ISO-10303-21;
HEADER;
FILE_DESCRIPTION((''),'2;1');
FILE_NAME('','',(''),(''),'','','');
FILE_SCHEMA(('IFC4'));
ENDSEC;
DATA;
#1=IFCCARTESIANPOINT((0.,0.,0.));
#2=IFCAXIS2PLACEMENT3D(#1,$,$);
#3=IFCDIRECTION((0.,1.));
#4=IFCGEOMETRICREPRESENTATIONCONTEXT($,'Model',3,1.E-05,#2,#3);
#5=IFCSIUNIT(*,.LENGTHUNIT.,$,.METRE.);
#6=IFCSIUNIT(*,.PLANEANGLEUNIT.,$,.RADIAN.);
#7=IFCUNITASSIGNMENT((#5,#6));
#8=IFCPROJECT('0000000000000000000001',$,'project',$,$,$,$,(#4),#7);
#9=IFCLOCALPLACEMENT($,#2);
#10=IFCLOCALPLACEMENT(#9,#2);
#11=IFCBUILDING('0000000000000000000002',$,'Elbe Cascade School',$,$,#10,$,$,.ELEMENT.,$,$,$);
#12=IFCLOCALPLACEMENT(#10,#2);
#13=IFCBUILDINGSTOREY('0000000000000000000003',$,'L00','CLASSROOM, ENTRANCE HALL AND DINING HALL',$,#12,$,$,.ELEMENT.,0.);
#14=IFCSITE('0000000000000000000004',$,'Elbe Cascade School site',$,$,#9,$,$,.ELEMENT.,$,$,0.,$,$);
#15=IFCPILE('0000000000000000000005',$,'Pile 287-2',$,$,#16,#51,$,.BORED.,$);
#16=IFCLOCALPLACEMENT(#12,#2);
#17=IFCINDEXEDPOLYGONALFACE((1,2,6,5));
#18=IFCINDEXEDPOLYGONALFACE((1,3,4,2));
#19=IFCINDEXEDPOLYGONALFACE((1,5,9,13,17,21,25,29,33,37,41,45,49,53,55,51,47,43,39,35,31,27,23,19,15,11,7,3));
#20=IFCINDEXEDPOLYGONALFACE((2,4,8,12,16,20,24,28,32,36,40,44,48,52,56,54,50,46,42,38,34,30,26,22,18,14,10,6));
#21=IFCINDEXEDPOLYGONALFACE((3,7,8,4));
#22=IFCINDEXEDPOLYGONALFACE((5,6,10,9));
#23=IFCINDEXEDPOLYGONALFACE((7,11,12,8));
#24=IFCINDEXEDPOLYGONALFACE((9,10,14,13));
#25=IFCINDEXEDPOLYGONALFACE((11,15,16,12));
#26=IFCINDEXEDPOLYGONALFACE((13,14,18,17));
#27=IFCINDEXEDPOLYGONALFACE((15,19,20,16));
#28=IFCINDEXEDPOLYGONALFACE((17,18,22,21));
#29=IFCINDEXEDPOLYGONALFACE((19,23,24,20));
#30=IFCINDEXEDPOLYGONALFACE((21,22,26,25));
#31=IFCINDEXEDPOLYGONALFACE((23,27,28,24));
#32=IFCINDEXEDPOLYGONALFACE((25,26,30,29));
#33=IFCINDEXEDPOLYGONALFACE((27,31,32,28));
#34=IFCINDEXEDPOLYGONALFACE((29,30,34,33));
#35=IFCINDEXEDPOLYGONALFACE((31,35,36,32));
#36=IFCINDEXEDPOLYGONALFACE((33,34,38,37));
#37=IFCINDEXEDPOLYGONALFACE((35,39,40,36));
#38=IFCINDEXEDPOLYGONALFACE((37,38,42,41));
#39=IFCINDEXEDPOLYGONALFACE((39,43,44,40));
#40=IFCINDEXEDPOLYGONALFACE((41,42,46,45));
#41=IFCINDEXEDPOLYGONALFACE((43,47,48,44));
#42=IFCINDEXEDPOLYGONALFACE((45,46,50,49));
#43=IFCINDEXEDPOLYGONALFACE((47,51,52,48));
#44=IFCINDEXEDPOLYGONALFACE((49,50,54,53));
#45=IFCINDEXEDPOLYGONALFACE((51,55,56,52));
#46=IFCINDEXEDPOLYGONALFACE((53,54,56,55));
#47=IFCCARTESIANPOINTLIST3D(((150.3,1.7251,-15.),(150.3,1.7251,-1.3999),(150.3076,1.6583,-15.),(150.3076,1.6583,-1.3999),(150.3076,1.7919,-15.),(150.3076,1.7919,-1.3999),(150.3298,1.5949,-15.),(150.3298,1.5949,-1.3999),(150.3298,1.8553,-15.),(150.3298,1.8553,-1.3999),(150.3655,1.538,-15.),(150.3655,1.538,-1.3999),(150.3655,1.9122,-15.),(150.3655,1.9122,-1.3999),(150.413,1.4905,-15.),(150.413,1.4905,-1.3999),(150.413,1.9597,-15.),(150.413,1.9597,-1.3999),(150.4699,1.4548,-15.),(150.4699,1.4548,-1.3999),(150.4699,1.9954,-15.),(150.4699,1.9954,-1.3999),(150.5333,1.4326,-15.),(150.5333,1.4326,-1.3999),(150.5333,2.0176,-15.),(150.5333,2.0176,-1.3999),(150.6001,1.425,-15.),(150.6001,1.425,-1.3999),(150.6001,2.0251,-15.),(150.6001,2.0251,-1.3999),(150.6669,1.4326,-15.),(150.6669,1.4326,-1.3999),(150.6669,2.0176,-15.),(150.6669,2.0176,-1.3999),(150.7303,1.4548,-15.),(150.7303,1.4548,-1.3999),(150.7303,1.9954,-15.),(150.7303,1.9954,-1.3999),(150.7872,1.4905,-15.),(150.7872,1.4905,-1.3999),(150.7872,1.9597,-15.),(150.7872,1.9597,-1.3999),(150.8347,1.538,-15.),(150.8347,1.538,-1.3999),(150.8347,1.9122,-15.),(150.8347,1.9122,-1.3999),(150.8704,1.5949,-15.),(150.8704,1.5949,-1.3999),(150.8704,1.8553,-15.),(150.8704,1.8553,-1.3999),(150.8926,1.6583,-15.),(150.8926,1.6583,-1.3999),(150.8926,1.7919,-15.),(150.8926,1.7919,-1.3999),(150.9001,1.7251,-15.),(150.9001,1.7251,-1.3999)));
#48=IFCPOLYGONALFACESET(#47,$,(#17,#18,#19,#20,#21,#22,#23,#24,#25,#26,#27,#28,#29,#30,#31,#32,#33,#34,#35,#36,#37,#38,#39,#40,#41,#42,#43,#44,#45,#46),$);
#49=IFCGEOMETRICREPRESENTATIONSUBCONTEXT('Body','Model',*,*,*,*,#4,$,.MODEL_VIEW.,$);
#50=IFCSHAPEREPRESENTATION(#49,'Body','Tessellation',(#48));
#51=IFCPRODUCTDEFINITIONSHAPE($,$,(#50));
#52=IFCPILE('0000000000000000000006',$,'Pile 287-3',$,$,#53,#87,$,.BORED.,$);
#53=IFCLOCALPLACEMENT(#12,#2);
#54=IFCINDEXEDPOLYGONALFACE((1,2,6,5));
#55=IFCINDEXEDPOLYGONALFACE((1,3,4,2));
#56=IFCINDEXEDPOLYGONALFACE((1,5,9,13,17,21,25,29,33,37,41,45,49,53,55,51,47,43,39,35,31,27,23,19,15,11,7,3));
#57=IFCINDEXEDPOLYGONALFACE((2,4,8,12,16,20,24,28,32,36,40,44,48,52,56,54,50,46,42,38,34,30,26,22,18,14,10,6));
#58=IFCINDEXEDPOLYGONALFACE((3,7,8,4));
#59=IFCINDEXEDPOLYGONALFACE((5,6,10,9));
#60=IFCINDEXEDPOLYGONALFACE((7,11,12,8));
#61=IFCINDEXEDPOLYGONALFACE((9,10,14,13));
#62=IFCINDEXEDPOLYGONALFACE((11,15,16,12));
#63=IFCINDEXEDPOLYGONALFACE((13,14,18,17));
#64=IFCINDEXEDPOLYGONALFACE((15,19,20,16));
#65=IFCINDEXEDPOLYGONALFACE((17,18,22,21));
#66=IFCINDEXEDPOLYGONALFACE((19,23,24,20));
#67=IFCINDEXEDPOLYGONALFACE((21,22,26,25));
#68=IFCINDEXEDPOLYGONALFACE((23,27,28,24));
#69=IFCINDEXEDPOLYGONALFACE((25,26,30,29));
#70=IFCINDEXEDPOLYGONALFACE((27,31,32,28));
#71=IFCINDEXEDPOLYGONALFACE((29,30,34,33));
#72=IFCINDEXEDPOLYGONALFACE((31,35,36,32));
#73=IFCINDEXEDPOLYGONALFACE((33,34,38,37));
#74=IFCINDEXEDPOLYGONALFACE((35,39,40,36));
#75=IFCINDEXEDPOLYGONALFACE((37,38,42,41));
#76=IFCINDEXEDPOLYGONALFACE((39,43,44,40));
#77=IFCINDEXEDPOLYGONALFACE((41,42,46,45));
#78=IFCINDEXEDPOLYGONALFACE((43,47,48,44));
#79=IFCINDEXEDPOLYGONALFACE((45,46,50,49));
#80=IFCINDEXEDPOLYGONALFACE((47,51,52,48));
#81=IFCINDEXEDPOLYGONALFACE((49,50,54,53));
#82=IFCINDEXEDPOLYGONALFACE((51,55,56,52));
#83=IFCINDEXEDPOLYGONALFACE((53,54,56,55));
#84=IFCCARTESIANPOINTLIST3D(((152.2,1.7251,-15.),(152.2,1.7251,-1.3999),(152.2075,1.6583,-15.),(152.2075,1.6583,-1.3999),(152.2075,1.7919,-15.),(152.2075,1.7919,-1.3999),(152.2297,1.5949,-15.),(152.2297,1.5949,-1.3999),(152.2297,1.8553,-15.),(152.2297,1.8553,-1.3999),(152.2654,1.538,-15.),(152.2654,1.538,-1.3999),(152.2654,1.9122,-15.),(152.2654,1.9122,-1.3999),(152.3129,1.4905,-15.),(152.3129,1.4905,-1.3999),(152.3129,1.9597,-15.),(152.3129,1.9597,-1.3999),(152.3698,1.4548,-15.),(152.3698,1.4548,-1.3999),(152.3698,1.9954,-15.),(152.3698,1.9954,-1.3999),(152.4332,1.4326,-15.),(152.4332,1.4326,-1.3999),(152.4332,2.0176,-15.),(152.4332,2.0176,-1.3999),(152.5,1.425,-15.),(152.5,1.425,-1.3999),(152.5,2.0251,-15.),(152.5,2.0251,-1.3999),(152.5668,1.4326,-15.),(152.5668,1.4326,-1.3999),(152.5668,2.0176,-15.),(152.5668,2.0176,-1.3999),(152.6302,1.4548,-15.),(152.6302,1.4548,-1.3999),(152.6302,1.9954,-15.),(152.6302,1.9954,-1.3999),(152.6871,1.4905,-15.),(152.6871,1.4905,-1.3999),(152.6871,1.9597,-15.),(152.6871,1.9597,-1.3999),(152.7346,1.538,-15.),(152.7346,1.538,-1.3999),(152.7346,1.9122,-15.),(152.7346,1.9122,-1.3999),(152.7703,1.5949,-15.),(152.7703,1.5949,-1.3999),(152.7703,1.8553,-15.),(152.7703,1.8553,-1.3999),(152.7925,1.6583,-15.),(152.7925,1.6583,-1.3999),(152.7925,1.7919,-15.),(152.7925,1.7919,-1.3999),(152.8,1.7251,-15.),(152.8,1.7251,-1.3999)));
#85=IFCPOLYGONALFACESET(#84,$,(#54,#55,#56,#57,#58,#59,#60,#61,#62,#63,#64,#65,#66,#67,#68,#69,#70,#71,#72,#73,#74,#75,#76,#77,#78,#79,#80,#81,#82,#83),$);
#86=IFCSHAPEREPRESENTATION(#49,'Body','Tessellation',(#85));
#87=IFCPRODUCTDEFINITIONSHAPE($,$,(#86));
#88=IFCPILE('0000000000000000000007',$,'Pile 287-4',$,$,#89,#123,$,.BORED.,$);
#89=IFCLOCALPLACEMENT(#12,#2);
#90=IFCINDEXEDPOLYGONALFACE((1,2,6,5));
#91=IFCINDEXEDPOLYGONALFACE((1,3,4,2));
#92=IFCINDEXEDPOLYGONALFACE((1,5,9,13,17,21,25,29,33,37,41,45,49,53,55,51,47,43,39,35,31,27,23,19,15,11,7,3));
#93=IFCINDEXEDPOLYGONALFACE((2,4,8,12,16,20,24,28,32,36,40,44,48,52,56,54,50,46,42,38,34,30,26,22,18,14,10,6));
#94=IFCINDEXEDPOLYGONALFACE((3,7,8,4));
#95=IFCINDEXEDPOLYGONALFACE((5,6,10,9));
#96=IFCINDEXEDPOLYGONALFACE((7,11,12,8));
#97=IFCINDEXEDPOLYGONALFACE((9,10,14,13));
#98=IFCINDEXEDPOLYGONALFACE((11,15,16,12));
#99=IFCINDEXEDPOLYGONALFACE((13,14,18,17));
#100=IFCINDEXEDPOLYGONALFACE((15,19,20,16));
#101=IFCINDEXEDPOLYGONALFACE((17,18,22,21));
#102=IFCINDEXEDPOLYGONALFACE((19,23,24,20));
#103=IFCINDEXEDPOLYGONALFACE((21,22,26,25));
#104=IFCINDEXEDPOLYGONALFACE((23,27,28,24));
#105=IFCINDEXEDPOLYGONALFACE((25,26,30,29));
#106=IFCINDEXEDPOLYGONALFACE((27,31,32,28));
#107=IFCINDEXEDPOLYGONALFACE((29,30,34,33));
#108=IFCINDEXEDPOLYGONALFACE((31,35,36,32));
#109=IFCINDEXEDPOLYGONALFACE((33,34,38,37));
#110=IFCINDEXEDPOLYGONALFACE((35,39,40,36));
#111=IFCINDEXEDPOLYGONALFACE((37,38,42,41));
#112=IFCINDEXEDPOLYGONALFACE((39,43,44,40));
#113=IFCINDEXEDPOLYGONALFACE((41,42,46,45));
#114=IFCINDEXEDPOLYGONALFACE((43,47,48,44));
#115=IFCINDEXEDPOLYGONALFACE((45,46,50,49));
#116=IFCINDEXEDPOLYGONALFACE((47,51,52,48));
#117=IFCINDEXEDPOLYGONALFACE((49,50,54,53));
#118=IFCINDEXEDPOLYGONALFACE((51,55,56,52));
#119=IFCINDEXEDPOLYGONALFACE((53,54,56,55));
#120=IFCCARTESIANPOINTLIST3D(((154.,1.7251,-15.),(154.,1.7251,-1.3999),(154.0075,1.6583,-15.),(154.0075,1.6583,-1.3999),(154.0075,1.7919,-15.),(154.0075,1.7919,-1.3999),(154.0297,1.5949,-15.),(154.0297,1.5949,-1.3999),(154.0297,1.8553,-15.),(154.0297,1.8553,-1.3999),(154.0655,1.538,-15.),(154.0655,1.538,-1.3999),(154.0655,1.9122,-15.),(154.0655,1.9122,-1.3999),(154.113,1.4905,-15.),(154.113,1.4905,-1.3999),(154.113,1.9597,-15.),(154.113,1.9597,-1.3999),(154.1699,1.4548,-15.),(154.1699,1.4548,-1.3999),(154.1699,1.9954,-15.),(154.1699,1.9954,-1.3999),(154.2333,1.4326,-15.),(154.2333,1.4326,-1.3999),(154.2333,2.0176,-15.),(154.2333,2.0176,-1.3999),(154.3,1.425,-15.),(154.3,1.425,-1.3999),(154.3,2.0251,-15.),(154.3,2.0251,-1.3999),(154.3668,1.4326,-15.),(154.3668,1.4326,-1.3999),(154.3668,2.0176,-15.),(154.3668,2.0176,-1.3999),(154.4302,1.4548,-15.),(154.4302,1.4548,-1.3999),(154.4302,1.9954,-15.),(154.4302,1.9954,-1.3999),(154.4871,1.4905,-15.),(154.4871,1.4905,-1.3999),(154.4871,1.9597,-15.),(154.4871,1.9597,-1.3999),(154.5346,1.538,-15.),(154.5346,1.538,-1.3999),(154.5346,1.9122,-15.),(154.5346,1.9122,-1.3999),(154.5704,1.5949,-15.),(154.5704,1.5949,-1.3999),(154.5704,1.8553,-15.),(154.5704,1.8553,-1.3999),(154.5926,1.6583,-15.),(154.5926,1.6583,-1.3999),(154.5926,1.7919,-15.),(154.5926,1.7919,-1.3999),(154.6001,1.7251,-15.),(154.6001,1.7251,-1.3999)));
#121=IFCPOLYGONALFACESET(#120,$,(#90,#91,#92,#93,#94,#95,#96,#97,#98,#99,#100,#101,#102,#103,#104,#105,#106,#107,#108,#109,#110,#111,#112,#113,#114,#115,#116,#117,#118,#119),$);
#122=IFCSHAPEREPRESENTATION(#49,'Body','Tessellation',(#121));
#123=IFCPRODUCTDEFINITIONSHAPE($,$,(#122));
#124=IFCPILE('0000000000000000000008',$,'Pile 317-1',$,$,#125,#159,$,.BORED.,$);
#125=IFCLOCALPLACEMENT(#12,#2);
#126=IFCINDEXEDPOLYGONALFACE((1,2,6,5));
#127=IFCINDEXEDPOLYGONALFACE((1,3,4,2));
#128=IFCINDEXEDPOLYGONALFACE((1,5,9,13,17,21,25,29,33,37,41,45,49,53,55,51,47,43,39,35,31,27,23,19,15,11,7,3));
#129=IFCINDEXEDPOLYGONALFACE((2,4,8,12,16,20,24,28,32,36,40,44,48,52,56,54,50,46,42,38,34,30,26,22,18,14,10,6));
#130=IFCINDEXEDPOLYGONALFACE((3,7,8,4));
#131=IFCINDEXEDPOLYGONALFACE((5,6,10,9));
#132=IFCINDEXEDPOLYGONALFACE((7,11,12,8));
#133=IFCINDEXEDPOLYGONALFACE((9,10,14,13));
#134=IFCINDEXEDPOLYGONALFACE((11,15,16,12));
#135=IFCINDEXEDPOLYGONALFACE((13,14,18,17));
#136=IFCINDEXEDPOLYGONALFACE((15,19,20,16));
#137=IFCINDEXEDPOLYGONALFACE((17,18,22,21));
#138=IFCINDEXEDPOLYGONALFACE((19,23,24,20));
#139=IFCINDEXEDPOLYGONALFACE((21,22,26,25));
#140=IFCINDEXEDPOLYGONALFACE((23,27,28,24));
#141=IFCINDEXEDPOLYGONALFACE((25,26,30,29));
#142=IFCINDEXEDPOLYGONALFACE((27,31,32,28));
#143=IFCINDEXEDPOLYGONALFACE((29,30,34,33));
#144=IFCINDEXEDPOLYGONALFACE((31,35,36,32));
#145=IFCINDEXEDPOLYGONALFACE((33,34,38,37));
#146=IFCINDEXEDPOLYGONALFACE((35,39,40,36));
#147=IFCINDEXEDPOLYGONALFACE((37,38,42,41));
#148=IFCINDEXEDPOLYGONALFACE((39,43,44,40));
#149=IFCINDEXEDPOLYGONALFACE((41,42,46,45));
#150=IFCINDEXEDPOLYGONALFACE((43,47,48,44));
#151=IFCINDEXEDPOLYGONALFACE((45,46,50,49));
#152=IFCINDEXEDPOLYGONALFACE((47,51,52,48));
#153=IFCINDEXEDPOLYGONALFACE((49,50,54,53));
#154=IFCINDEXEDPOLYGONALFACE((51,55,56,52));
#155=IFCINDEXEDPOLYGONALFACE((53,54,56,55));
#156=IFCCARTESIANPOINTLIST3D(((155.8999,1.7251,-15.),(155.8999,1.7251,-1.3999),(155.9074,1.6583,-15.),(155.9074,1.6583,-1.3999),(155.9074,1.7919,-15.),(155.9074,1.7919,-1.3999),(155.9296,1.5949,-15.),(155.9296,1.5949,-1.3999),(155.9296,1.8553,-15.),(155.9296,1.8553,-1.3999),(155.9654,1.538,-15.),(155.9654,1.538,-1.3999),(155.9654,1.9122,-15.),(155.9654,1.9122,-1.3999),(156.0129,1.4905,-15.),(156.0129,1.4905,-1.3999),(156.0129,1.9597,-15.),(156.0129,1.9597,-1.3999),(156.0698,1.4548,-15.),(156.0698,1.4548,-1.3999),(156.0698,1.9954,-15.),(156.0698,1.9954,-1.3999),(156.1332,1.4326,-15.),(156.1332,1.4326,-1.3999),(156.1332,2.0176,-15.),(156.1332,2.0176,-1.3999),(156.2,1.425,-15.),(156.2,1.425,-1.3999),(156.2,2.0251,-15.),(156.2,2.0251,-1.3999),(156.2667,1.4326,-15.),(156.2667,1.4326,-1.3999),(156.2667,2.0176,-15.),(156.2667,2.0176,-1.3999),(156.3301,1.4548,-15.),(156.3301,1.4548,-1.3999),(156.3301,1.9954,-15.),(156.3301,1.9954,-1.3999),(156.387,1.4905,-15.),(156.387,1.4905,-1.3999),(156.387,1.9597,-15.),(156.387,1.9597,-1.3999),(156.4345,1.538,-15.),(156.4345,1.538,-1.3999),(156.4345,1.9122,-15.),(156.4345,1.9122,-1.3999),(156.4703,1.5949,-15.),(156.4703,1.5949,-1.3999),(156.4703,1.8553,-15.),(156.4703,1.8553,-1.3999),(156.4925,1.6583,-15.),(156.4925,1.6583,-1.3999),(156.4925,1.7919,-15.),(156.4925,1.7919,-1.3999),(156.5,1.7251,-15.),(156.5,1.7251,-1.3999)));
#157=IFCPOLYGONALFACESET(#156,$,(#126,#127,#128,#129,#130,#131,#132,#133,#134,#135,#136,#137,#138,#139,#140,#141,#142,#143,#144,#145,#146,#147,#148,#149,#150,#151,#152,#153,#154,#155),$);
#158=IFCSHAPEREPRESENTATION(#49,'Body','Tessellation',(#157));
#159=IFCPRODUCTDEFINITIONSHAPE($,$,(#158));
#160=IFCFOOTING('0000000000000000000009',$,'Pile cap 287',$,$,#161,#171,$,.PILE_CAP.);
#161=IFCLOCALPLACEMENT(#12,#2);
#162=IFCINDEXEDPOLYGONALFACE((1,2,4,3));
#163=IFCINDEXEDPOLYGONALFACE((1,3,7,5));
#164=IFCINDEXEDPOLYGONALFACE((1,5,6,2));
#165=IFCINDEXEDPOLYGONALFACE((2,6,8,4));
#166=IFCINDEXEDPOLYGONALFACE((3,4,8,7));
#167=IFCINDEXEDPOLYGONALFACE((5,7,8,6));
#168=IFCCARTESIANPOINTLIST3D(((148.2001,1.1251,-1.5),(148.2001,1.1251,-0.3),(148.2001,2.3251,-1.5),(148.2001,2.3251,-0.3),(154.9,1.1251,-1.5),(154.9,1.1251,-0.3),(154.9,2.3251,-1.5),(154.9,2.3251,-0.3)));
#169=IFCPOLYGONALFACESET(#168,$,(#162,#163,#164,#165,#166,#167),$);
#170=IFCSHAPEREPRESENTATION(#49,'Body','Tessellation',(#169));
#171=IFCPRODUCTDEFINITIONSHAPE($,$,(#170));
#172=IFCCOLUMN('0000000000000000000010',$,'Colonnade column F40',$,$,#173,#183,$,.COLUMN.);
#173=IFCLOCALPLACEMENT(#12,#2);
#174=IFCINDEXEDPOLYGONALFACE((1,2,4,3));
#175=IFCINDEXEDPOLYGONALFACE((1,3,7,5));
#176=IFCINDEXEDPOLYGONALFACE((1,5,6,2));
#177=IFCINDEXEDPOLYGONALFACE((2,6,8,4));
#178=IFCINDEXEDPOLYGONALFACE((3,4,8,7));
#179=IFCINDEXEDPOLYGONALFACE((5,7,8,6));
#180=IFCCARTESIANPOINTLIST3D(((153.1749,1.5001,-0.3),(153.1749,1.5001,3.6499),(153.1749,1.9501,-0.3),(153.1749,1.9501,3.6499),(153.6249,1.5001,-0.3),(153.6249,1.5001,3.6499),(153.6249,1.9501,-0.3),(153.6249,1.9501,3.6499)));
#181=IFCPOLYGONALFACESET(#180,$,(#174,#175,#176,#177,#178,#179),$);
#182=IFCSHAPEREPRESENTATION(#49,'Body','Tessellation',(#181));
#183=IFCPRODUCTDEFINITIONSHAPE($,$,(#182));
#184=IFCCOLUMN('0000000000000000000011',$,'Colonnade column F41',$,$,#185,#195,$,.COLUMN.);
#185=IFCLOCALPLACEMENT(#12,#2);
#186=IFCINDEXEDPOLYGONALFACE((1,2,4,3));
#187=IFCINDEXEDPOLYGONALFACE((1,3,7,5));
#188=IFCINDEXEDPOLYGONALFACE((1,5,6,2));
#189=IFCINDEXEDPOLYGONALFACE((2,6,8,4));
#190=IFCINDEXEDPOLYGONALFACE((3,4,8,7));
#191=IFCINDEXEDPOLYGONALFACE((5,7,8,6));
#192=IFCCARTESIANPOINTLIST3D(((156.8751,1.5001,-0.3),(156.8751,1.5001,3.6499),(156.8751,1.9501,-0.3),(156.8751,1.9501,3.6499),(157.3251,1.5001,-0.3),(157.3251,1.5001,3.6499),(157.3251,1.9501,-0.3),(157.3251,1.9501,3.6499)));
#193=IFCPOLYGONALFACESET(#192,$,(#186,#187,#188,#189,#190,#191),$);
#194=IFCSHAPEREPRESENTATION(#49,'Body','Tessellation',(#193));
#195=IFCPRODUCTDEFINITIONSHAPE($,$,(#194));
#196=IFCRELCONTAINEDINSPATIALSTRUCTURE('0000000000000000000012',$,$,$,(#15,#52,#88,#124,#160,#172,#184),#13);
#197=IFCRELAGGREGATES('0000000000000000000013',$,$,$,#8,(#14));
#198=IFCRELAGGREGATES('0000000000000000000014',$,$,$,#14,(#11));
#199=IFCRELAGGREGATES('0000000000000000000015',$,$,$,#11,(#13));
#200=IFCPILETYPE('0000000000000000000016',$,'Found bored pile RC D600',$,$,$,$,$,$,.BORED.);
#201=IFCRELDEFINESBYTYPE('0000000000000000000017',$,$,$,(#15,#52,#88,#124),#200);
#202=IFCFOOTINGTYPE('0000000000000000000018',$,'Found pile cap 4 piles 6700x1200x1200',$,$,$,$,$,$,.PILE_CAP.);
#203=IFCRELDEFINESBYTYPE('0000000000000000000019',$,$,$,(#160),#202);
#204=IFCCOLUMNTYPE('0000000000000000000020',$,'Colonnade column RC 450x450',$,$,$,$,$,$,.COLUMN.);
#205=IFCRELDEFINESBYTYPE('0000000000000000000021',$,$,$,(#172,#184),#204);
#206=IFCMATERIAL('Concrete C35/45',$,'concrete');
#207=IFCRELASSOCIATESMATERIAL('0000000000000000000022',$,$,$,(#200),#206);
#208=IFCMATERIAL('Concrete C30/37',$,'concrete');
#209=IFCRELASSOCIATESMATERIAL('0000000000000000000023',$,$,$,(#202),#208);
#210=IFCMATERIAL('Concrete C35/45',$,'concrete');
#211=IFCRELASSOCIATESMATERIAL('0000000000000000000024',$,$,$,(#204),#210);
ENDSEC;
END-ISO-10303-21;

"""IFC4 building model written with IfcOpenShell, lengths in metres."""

from ifc_helpers import new_model, si_unit, direction, frame, origin, origin_2d, place, context, subcontext, project, spatial, rectangle, circle, extrude, material, material_profile, profile_set, type_object, element, save


model = new_model("IFC4")

# Units and contexts
model_context = context("Model", 3, precision=1e-05, world=origin(), true_north=direction((0.0, 1.0)))
body_context = subcontext(model_context, "Body", "Model", "MODEL_VIEW")
ifc_project = project(units=[si_unit("LENGTHUNIT", "METRE"), si_unit("PLANEANGLEUNIT", "RADIAN")], contexts=[model_context])

# Site, building, storey
site_placement = place(None, origin())
site = spatial("IfcSite", under=ifc_project, at=site_placement, Name="Elbe Cascade School site", CompositionType="ELEMENT", RefElevation=0.0)
building_placement = place(site_placement, origin())
building = spatial("IfcBuilding", under=site, at=building_placement, Name="Elbe Cascade School", CompositionType="ELEMENT")
storey_placement = place(building_placement, origin())
storey = spatial("IfcBuildingStorey", under=building, at=storey_placement, Name="L00", Description="CLASSROOM, ENTRANCE HALL AND DINING HALL", CompositionType="ELEMENT", Elevation=0.0)

# Piles
ifc_material_1 = material(Name="Concrete C35/45", Category="concrete")
ifc_material_profile_1 = material_profile(ifc_material_1, circle(Radius=0.3, at=origin_2d()), Name="RC D600")
ifc_profile_set_1 = profile_set([ifc_material_profile_1], Name="Concrete C35/45")
pile_type = type_object("IfcPileType", Name="Found bored pile RC D600", PredefinedType="BORED", material=ifc_profile_set_1)
for number, where, z_axis, x_axis, name in (
    (1, (150.6001, 1.7251, -1.3999), (0.0, 0.0, -1.0), (1.0, 0.0, 0.0), "Pile 287-2"),
    (2, (152.5, 1.7251, -1.3999), (0.0, 0.0, -1.0), (1.0, 0.0, 0.0), "Pile 287-3"),
    (3, (154.3, 1.7251, -1.3999), (0.0, 0.0, -1.0), (1.0, 0.0, 0.0), "Pile 287-4"),
    (4, (156.2, 1.7251, -1.3999), (0.0, 0.0, -1.0), (1.0, 0.0, 0.0), "Pile 317-1"),
):
    element("IfcPile", number, at=place(storey_placement, frame(where, z_axis=z_axis, x_axis=x_axis)), inside=storey, type_object=pile_type, Name=name, PredefinedType="BORED", context=body_context, shape_type="SweptSolid", body=[
        extrude(circle(Radius=0.3, at=origin_2d()), origin(), (0.0, 0.0, 1.0), 13.6001),
    ])

# Footing
ifc_material_2 = material(Name="Concrete C30/37", Category="concrete")
footing_type = type_object("IfcFootingType", Name="Found pile cap 4 piles 6700x1200x1200", PredefinedType="PILE_CAP", material=ifc_material_2)
footing_placement = place(storey_placement, frame((151.55, 1.7251, -1.5), z_axis=(0.0, 0.0, 1.0), x_axis=(1.0, 0.0, 0.0)))
element("IfcFooting", 5, at=footing_placement, inside=storey, type_object=footing_type, Name="Pile cap 287", PredefinedType="PILE_CAP", context=body_context, shape_type="SweptSolid", body=[
    extrude(rectangle(XDim=6.7, YDim=1.2, at=origin_2d()), origin(), (0.0, 0.0, 1.0), 1.2),
])

# Columns
ifc_material_3 = material(Name="Concrete C35/45", Category="concrete")
ifc_material_profile_2 = material_profile(ifc_material_3, rectangle(XDim=0.45, YDim=0.45, at=origin_2d()), Name="RC 450x450")
ifc_profile_set_2 = profile_set([ifc_material_profile_2], Name="Concrete C35/45")
column_type = type_object("IfcColumnType", Name="Colonnade column RC 450x450", PredefinedType="COLUMN", material=ifc_profile_set_2)
for number, where, z_axis, x_axis, name in (
    (6, (153.3999, 1.7251, -0.3), (0.0, 0.0, 1.0), (1.0, 0.0, 0.0), "Colonnade column F40"),
    (7, (157.1001, 1.7251, -0.3), (0.0, 0.0, 1.0), (1.0, 0.0, 0.0), "Colonnade column F41"),
):
    element("IfcColumn", number, at=place(storey_placement, frame(where, z_axis=z_axis, x_axis=x_axis)), inside=storey, type_object=column_type, Name=name, PredefinedType="COLUMN", context=body_context, shape_type="SweptSolid", body=[
        extrude(rectangle(XDim=0.45, YDim=0.45, at=origin_2d()), origin(), (0.0, 0.0, 1.0), 3.95),
    ])

save(model, "model.ifc")
